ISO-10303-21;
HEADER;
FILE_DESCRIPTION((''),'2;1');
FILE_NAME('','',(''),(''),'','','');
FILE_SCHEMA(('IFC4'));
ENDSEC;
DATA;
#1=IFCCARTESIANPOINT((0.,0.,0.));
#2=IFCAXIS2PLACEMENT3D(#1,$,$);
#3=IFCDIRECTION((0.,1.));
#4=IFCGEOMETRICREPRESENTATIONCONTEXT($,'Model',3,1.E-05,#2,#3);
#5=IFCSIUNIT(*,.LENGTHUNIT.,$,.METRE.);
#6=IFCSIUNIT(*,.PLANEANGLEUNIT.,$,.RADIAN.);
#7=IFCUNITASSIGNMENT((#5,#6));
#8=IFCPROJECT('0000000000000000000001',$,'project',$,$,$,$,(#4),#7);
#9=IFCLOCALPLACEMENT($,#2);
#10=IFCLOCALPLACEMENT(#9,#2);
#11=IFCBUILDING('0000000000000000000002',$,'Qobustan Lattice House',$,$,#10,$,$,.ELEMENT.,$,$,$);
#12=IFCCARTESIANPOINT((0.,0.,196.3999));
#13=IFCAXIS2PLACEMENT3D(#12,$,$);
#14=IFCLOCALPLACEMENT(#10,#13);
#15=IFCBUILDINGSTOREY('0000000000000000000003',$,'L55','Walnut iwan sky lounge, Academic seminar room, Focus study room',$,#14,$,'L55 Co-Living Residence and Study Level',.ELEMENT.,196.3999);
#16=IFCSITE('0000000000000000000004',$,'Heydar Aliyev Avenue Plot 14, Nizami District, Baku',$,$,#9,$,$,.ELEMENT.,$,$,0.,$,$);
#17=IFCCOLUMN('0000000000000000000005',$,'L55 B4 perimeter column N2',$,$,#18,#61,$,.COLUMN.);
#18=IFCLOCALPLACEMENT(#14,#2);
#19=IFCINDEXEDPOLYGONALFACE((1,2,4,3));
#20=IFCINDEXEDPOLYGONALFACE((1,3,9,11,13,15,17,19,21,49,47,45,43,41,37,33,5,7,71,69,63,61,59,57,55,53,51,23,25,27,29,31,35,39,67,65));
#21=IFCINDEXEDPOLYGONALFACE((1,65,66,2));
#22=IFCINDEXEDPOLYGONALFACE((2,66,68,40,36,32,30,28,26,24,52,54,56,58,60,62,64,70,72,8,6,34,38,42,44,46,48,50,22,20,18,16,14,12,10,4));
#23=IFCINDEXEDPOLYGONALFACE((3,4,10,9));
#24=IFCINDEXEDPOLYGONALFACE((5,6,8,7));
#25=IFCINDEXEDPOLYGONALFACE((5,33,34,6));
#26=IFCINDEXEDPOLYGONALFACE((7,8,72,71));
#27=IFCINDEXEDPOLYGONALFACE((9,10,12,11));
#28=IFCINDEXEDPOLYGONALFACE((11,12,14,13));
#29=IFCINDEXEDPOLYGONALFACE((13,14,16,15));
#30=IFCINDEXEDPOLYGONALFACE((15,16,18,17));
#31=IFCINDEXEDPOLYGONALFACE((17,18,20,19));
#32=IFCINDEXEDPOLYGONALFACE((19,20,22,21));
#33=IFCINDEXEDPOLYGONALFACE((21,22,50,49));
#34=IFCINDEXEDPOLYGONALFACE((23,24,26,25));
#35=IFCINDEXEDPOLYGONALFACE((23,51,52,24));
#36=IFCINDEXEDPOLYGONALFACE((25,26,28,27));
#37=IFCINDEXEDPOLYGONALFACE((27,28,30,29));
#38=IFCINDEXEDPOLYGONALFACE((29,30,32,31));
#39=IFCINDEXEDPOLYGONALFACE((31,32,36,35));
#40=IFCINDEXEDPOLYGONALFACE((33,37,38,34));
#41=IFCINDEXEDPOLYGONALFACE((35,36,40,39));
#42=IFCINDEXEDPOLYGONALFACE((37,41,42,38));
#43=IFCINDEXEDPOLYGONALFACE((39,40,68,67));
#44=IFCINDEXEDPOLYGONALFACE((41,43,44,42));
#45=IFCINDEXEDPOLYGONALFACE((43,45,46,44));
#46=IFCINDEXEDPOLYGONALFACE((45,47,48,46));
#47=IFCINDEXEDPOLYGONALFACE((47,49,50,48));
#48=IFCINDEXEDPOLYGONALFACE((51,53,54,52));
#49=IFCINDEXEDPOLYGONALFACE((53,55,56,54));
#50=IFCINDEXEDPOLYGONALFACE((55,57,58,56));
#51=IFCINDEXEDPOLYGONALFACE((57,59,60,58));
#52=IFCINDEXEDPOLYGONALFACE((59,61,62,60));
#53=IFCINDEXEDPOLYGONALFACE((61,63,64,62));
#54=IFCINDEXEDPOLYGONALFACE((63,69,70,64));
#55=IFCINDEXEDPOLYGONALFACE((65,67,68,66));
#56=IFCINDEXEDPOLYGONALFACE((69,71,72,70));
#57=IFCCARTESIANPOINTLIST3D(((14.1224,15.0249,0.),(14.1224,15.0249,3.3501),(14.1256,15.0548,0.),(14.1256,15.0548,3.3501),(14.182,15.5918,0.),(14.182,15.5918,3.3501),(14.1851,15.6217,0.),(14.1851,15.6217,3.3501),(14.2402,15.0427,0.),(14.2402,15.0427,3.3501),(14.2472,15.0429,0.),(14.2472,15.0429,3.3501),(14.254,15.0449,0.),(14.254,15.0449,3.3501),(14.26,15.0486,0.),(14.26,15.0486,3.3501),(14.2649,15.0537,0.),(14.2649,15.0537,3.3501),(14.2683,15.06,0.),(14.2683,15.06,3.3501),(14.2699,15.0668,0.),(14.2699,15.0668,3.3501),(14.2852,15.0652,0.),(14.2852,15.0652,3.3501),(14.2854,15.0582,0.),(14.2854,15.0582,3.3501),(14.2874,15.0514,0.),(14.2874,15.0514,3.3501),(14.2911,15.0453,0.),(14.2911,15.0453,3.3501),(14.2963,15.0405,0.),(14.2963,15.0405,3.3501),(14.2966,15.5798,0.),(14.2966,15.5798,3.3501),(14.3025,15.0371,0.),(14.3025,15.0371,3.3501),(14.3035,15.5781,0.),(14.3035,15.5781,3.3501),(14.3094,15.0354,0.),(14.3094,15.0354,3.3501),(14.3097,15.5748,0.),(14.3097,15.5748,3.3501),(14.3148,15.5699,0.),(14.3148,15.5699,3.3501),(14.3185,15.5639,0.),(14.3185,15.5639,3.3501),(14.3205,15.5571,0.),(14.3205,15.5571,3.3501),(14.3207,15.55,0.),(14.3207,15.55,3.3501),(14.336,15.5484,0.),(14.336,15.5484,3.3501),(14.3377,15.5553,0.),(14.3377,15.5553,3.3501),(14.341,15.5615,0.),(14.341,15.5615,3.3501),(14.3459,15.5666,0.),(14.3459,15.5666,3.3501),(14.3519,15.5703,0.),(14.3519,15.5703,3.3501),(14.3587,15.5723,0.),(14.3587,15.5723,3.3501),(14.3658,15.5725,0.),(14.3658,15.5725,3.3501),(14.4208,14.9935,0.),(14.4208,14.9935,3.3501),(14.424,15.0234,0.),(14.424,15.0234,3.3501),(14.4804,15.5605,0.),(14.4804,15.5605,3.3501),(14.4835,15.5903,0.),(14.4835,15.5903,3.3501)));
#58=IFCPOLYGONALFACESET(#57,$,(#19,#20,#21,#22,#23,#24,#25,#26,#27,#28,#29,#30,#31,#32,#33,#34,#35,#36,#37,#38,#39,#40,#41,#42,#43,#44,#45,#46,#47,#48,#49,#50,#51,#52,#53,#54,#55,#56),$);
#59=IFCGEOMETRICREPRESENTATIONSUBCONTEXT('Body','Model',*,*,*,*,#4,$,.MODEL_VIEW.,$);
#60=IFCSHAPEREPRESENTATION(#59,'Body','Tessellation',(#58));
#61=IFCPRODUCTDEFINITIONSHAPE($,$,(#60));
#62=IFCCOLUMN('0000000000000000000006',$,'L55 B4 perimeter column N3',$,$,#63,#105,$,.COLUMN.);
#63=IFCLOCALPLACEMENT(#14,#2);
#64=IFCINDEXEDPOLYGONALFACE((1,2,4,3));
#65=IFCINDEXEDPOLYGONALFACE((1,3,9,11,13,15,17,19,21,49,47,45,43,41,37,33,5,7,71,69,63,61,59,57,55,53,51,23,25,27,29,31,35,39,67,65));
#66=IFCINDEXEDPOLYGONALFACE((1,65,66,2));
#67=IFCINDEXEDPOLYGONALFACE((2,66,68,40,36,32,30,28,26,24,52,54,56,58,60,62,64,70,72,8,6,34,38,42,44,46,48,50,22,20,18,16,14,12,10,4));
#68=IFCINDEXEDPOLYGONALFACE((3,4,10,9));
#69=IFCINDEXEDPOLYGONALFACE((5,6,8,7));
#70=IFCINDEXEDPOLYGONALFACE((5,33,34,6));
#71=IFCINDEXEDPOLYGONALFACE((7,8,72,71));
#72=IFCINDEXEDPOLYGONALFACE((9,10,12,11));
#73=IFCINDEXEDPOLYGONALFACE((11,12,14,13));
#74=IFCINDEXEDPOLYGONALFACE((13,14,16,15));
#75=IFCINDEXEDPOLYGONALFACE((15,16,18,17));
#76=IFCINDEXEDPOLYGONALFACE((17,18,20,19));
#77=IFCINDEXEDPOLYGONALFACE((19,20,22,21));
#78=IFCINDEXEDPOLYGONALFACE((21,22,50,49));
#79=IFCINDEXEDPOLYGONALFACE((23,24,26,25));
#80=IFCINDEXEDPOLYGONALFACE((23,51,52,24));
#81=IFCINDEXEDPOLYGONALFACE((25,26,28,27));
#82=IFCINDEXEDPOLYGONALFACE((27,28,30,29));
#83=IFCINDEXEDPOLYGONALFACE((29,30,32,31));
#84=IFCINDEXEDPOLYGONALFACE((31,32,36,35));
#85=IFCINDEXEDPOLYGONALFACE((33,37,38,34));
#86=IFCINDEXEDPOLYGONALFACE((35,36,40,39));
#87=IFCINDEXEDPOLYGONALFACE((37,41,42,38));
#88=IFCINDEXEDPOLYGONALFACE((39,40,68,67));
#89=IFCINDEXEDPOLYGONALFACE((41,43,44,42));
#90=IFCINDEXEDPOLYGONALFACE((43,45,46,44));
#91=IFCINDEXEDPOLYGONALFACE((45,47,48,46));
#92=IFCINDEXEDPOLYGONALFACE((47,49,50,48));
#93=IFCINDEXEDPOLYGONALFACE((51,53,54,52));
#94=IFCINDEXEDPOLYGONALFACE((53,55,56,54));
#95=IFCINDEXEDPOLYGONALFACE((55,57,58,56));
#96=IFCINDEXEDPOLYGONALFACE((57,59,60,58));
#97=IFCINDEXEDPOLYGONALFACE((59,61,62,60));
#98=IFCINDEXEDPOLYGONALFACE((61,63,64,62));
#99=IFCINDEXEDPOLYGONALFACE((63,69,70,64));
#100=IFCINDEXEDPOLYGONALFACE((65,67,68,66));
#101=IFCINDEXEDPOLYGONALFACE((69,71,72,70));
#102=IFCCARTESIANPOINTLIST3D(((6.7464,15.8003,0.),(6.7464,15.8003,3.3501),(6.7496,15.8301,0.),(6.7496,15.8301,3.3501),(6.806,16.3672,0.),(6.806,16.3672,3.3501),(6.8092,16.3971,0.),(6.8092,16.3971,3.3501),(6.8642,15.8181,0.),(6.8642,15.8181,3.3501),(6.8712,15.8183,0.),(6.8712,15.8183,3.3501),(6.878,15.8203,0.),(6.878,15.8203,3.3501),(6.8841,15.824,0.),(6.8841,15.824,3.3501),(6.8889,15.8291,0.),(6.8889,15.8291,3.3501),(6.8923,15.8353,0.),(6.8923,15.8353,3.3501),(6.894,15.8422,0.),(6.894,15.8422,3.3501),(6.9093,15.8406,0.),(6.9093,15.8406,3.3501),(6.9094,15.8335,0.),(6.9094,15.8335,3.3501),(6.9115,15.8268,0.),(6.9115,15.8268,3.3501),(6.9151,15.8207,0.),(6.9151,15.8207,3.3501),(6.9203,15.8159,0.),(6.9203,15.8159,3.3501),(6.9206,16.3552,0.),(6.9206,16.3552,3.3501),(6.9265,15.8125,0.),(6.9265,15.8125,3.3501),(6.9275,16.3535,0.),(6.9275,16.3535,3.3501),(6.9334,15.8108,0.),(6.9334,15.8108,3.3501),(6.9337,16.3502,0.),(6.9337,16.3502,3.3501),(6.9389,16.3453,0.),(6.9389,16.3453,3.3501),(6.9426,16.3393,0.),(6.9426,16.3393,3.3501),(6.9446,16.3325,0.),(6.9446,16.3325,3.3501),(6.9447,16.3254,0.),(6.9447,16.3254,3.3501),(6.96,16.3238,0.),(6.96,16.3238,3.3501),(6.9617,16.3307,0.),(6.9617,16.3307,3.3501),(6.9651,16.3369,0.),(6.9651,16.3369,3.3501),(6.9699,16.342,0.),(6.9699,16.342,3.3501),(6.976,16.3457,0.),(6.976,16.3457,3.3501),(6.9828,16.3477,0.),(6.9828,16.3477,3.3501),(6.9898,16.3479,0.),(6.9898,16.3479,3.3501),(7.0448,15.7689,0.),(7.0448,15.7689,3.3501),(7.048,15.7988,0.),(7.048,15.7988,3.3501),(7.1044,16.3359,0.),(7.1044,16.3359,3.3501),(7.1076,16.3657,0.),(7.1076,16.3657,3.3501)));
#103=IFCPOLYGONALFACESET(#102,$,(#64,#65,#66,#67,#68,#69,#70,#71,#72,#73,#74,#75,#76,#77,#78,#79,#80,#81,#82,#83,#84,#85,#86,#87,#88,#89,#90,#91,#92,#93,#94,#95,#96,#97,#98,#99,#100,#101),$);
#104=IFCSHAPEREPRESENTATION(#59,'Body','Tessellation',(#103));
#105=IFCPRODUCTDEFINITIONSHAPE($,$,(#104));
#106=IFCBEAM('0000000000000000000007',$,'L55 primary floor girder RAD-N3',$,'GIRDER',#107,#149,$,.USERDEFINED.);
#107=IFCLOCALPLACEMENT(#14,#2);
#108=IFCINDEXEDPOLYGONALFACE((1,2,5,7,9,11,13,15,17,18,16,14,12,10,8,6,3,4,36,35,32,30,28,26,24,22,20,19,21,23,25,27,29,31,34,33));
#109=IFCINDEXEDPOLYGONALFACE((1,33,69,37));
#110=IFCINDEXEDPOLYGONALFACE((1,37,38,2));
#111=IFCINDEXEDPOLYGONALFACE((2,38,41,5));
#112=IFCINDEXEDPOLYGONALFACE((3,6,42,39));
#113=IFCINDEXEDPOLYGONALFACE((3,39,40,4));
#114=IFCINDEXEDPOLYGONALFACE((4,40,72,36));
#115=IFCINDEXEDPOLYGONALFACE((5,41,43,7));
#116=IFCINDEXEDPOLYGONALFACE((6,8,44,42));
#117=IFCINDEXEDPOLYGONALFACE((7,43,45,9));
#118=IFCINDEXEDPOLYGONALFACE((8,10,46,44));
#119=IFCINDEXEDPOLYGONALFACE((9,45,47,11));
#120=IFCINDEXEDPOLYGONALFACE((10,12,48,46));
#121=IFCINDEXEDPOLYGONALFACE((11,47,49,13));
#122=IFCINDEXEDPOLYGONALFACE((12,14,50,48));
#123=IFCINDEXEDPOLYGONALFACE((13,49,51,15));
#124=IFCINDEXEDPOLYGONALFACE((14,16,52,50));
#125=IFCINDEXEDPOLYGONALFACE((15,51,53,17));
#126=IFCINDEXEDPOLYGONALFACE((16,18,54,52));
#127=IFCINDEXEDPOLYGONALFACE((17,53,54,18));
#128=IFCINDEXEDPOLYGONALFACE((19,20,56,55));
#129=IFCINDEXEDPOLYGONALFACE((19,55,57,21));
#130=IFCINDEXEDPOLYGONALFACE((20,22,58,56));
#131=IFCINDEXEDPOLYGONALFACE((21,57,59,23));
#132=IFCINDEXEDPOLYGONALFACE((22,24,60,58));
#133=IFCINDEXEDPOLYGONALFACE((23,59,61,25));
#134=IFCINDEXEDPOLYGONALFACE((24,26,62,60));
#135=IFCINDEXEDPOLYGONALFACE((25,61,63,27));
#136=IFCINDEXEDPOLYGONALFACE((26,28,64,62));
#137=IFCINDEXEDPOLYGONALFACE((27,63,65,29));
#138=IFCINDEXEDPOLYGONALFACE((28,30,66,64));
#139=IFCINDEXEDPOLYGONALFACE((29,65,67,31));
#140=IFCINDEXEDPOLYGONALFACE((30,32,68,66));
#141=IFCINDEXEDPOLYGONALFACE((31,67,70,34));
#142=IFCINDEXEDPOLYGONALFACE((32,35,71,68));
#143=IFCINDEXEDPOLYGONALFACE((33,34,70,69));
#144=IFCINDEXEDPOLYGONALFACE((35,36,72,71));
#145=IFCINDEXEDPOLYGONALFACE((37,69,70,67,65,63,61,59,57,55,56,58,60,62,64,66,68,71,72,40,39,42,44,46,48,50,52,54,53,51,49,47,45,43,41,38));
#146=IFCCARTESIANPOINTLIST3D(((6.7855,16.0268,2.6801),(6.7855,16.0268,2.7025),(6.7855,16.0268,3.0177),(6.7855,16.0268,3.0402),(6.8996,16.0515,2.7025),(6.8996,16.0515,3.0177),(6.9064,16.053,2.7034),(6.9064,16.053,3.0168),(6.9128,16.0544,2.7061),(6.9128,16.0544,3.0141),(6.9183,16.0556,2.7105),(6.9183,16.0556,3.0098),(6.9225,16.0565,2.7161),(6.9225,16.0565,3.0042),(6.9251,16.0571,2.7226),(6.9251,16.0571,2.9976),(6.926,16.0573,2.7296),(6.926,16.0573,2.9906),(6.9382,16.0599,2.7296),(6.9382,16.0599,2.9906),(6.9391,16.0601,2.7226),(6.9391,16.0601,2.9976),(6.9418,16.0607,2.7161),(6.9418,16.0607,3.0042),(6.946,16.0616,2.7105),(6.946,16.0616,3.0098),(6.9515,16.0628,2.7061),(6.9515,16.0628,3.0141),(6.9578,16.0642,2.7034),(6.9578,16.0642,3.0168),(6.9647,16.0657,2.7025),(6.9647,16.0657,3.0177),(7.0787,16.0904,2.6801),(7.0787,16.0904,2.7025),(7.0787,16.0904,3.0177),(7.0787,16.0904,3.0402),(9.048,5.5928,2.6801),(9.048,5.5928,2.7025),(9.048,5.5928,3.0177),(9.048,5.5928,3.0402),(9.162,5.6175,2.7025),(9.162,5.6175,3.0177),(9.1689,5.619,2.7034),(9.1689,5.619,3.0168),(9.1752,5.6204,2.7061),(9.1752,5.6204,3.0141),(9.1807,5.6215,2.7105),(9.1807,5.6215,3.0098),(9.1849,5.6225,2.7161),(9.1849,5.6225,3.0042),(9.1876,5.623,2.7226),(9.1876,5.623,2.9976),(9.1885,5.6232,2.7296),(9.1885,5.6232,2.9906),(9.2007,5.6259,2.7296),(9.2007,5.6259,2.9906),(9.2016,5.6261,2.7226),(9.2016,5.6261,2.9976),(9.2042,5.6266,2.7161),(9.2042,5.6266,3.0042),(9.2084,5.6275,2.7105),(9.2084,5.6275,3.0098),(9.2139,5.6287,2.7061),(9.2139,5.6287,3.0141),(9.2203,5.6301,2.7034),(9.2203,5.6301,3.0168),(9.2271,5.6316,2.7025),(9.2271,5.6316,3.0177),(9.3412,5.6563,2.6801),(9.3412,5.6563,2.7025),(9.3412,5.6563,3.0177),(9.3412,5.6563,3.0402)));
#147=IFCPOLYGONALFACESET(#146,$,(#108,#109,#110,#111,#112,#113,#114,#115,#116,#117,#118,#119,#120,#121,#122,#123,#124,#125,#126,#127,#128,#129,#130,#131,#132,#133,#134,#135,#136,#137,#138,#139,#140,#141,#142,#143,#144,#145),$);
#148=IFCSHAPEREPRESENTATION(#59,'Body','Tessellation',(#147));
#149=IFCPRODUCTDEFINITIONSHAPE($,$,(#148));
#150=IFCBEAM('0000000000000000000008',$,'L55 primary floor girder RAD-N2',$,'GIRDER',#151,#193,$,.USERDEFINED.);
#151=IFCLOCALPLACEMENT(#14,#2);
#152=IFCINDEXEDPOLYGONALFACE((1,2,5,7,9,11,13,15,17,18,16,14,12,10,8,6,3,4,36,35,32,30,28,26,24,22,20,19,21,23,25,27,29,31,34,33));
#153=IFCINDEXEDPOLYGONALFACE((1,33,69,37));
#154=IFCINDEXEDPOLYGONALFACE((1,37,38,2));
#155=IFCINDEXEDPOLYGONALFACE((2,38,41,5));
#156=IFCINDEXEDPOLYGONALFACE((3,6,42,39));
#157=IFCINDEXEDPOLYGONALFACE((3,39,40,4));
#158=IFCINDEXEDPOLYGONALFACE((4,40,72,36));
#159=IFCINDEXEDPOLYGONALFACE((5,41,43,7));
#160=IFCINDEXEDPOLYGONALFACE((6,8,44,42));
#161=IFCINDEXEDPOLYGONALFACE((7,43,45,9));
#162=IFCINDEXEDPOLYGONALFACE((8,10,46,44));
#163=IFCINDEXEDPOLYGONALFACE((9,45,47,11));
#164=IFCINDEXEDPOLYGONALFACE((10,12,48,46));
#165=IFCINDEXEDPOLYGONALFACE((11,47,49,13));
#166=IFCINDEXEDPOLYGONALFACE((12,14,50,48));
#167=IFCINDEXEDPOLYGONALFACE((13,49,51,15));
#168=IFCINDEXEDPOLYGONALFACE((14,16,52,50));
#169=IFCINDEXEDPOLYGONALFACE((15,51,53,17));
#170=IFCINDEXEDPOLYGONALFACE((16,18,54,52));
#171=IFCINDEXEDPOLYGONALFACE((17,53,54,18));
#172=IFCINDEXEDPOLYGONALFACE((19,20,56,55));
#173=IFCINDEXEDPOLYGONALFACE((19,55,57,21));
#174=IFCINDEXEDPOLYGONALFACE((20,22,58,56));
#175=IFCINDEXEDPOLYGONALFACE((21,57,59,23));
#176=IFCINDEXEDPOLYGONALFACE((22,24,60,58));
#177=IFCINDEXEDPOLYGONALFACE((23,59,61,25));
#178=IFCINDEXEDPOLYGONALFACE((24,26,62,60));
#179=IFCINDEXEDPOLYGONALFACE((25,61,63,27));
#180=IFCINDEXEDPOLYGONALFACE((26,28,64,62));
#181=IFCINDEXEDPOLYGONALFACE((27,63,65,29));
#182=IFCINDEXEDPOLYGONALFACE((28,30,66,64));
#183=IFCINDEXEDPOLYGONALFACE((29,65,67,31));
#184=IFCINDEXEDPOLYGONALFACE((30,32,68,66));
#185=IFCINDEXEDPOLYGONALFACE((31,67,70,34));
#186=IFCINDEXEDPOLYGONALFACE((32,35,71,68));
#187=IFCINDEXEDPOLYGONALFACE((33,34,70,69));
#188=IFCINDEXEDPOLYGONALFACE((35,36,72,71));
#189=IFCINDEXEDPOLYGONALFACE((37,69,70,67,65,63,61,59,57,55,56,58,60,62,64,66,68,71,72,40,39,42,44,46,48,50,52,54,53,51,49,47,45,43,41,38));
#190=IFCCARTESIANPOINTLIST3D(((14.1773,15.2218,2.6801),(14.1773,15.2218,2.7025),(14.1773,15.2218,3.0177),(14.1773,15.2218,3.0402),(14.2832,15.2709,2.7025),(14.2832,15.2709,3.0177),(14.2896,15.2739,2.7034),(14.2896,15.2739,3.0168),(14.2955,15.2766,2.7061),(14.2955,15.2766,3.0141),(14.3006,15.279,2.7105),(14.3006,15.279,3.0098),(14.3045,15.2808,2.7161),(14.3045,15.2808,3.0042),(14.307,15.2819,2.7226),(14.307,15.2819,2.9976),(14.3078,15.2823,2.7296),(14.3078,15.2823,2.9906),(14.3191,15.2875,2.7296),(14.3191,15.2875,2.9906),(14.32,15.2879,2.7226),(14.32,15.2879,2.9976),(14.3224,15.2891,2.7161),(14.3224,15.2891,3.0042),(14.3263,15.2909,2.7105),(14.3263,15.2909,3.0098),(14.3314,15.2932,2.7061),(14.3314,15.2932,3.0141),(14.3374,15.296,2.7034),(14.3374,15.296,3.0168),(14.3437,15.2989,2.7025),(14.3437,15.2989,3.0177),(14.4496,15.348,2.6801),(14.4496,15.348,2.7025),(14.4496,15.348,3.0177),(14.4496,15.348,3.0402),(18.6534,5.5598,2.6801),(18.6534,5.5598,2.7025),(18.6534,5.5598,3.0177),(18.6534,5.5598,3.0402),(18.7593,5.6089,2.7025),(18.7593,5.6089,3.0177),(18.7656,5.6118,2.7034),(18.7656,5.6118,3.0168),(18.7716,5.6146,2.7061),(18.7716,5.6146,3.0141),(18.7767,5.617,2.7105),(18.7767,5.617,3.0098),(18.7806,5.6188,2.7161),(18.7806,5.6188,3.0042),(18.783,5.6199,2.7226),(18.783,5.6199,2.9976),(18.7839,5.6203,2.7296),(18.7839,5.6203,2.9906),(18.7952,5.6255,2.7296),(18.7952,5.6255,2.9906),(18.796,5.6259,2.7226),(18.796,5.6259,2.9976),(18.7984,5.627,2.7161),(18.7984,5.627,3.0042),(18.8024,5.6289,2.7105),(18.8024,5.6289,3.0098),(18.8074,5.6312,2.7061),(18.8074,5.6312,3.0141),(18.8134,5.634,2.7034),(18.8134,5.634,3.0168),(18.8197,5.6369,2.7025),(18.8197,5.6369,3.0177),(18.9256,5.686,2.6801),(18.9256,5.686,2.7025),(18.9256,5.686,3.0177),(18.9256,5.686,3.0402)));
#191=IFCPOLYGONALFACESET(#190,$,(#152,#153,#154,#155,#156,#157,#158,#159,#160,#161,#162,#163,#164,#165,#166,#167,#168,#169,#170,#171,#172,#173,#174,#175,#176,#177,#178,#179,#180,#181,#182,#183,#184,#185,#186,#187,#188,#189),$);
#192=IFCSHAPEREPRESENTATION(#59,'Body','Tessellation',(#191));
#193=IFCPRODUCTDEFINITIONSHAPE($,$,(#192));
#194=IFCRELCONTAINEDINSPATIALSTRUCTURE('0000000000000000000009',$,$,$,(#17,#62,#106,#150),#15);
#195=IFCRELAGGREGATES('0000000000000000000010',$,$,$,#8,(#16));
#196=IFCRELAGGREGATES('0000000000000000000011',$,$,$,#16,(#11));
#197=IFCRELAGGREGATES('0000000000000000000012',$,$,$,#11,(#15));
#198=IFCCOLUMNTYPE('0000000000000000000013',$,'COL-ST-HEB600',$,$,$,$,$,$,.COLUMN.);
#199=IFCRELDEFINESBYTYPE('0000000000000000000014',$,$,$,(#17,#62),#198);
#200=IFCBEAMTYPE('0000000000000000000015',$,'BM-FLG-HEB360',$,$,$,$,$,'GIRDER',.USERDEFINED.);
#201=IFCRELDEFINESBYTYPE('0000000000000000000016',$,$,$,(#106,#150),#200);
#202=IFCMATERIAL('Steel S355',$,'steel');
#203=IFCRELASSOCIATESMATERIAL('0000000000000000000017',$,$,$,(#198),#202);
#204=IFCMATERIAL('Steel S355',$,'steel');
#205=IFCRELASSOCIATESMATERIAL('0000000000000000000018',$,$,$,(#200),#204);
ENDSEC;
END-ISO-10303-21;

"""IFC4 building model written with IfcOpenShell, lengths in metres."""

from ifc_helpers import new_model, si_unit, direction, frame, origin, origin_2d, place, context, subcontext, project, spatial, i_section, extrude, material, material_profile, profile_set, type_object, element, save


model = new_model("IFC4")

# Units and contexts
model_context = context("Model", 3, precision=1e-05, world=origin(), true_north=direction((0.0, 1.0)))
body_context = subcontext(model_context, "Body", "Model", "MODEL_VIEW")
ifc_project = project(units=[si_unit("LENGTHUNIT", "METRE"), si_unit("PLANEANGLEUNIT", "RADIAN")], contexts=[model_context])

# Site, building, storey
site_placement = place(None, origin())
site = spatial("IfcSite", under=ifc_project, at=site_placement, Name="Heydar Aliyev Avenue Plot 14, Nizami District, Baku", CompositionType="ELEMENT", RefElevation=0.0)
building_placement = place(site_placement, origin())
building = spatial("IfcBuilding", under=site, at=building_placement, Name="Qobustan Lattice House", CompositionType="ELEMENT")
storey_placement = place(building_placement, frame((0.0, 0.0, 196.3999)))
storey = spatial("IfcBuildingStorey", under=building, at=storey_placement, Name="L55", Description="Walnut iwan sky lounge, Academic seminar room, Focus study room", LongName="L55 Co-Living Residence and Study Level", CompositionType="ELEMENT", Elevation=196.3999)

# Columns
ifc_material_1 = material(Name="Steel S355", Category="steel")
ifc_material_profile_1 = material_profile(ifc_material_1, i_section(OverallWidth=0.3, OverallDepth=0.6001, WebThickness=0.0154, FlangeThickness=0.03, FilletRadius=0.0271, at=origin_2d()), Name="HEB600")
ifc_profile_set_1 = profile_set([ifc_material_profile_1], Name="Steel S355")
column_type = type_object("IfcColumnType", Name="COL-ST-HEB600", PredefinedType="COLUMN", material=ifc_profile_set_1)
for number, where, z_axis, x_axis, name in (
    (1, (14.303, 15.3076, 0.0), (0.0, 0.0, 1.0), (0.994522, -0.104528, 0.0), "L55 B4 perimeter column N2"),
    (2, (6.927, 16.083, 0.0), (0.0, 0.0, 1.0), (0.994522, -0.104528, 0.0), "L55 B4 perimeter column N3"),
):
    element("IfcColumn", number, at=place(storey_placement, frame(where, z_axis=z_axis, x_axis=x_axis)), inside=storey, type_object=column_type, Name=name, PredefinedType="COLUMN", context=body_context, shape_type="SweptSolid", body=[
        extrude(i_section(OverallWidth=0.3, OverallDepth=0.6001, WebThickness=0.0154, FlangeThickness=0.03, FilletRadius=0.0271, at=origin_2d()), origin(), (0.0, 0.0, 1.0), 3.3501),
    ])

# Beams
ifc_material_2 = material(Name="Steel S355", Category="steel")
ifc_material_profile_2 = material_profile(ifc_material_2, i_section(OverallWidth=0.3, OverallDepth=0.3601, WebThickness=0.0125, FlangeThickness=0.0225, FilletRadius=0.0271, at=origin_2d()), Name="HEB360")
ifc_profile_set_2 = profile_set([ifc_material_profile_2], Name="Steel S355")
beam_type_1 = type_object("IfcBeamType", Name="BM-FLG-HEB360", ElementType="GIRDER", PredefinedType="USERDEFINED", material=ifc_profile_set_2)
beam_1_placement = place(storey_placement, frame((6.9321, 16.0586, 2.8601), z_axis=(0.211908, -0.97729, 0.0), x_axis=(0.97729, 0.211908, 0.0)))
element("IfcBeam", 3, at=beam_1_placement, inside=storey, type_object=beam_type_1, Name="L55 primary floor girder RAD-N3", ObjectType="GIRDER", PredefinedType="USERDEFINED", context=body_context, shape_type="SweptSolid", body=[
    extrude(i_section(OverallWidth=0.3, OverallDepth=0.3601, WebThickness=0.0125, FlangeThickness=0.0225, FilletRadius=0.0271, at=origin_2d()), origin(), (0.0, 0.0, 1.0), 10.6765),
])
beam_2_placement = place(storey_placement, frame((14.3135, 15.2849, 2.8601), z_axis=(0.420346, -0.907364, 0.0), x_axis=(0.907364, 0.420346, 0.0)))
element("IfcBeam", 4, at=beam_2_placement, inside=storey, type_object=beam_type_1, Name="L55 primary floor girder RAD-N2", ObjectType="GIRDER", PredefinedType="USERDEFINED", context=body_context, shape_type="SweptSolid", body=[
    extrude(i_section(OverallWidth=0.3, OverallDepth=0.3601, WebThickness=0.0125, FlangeThickness=0.0225, FilletRadius=0.0271, at=origin_2d()), origin(), (0.0, 0.0, 1.0), 10.6484),
])

save(model, "model.ifc")
